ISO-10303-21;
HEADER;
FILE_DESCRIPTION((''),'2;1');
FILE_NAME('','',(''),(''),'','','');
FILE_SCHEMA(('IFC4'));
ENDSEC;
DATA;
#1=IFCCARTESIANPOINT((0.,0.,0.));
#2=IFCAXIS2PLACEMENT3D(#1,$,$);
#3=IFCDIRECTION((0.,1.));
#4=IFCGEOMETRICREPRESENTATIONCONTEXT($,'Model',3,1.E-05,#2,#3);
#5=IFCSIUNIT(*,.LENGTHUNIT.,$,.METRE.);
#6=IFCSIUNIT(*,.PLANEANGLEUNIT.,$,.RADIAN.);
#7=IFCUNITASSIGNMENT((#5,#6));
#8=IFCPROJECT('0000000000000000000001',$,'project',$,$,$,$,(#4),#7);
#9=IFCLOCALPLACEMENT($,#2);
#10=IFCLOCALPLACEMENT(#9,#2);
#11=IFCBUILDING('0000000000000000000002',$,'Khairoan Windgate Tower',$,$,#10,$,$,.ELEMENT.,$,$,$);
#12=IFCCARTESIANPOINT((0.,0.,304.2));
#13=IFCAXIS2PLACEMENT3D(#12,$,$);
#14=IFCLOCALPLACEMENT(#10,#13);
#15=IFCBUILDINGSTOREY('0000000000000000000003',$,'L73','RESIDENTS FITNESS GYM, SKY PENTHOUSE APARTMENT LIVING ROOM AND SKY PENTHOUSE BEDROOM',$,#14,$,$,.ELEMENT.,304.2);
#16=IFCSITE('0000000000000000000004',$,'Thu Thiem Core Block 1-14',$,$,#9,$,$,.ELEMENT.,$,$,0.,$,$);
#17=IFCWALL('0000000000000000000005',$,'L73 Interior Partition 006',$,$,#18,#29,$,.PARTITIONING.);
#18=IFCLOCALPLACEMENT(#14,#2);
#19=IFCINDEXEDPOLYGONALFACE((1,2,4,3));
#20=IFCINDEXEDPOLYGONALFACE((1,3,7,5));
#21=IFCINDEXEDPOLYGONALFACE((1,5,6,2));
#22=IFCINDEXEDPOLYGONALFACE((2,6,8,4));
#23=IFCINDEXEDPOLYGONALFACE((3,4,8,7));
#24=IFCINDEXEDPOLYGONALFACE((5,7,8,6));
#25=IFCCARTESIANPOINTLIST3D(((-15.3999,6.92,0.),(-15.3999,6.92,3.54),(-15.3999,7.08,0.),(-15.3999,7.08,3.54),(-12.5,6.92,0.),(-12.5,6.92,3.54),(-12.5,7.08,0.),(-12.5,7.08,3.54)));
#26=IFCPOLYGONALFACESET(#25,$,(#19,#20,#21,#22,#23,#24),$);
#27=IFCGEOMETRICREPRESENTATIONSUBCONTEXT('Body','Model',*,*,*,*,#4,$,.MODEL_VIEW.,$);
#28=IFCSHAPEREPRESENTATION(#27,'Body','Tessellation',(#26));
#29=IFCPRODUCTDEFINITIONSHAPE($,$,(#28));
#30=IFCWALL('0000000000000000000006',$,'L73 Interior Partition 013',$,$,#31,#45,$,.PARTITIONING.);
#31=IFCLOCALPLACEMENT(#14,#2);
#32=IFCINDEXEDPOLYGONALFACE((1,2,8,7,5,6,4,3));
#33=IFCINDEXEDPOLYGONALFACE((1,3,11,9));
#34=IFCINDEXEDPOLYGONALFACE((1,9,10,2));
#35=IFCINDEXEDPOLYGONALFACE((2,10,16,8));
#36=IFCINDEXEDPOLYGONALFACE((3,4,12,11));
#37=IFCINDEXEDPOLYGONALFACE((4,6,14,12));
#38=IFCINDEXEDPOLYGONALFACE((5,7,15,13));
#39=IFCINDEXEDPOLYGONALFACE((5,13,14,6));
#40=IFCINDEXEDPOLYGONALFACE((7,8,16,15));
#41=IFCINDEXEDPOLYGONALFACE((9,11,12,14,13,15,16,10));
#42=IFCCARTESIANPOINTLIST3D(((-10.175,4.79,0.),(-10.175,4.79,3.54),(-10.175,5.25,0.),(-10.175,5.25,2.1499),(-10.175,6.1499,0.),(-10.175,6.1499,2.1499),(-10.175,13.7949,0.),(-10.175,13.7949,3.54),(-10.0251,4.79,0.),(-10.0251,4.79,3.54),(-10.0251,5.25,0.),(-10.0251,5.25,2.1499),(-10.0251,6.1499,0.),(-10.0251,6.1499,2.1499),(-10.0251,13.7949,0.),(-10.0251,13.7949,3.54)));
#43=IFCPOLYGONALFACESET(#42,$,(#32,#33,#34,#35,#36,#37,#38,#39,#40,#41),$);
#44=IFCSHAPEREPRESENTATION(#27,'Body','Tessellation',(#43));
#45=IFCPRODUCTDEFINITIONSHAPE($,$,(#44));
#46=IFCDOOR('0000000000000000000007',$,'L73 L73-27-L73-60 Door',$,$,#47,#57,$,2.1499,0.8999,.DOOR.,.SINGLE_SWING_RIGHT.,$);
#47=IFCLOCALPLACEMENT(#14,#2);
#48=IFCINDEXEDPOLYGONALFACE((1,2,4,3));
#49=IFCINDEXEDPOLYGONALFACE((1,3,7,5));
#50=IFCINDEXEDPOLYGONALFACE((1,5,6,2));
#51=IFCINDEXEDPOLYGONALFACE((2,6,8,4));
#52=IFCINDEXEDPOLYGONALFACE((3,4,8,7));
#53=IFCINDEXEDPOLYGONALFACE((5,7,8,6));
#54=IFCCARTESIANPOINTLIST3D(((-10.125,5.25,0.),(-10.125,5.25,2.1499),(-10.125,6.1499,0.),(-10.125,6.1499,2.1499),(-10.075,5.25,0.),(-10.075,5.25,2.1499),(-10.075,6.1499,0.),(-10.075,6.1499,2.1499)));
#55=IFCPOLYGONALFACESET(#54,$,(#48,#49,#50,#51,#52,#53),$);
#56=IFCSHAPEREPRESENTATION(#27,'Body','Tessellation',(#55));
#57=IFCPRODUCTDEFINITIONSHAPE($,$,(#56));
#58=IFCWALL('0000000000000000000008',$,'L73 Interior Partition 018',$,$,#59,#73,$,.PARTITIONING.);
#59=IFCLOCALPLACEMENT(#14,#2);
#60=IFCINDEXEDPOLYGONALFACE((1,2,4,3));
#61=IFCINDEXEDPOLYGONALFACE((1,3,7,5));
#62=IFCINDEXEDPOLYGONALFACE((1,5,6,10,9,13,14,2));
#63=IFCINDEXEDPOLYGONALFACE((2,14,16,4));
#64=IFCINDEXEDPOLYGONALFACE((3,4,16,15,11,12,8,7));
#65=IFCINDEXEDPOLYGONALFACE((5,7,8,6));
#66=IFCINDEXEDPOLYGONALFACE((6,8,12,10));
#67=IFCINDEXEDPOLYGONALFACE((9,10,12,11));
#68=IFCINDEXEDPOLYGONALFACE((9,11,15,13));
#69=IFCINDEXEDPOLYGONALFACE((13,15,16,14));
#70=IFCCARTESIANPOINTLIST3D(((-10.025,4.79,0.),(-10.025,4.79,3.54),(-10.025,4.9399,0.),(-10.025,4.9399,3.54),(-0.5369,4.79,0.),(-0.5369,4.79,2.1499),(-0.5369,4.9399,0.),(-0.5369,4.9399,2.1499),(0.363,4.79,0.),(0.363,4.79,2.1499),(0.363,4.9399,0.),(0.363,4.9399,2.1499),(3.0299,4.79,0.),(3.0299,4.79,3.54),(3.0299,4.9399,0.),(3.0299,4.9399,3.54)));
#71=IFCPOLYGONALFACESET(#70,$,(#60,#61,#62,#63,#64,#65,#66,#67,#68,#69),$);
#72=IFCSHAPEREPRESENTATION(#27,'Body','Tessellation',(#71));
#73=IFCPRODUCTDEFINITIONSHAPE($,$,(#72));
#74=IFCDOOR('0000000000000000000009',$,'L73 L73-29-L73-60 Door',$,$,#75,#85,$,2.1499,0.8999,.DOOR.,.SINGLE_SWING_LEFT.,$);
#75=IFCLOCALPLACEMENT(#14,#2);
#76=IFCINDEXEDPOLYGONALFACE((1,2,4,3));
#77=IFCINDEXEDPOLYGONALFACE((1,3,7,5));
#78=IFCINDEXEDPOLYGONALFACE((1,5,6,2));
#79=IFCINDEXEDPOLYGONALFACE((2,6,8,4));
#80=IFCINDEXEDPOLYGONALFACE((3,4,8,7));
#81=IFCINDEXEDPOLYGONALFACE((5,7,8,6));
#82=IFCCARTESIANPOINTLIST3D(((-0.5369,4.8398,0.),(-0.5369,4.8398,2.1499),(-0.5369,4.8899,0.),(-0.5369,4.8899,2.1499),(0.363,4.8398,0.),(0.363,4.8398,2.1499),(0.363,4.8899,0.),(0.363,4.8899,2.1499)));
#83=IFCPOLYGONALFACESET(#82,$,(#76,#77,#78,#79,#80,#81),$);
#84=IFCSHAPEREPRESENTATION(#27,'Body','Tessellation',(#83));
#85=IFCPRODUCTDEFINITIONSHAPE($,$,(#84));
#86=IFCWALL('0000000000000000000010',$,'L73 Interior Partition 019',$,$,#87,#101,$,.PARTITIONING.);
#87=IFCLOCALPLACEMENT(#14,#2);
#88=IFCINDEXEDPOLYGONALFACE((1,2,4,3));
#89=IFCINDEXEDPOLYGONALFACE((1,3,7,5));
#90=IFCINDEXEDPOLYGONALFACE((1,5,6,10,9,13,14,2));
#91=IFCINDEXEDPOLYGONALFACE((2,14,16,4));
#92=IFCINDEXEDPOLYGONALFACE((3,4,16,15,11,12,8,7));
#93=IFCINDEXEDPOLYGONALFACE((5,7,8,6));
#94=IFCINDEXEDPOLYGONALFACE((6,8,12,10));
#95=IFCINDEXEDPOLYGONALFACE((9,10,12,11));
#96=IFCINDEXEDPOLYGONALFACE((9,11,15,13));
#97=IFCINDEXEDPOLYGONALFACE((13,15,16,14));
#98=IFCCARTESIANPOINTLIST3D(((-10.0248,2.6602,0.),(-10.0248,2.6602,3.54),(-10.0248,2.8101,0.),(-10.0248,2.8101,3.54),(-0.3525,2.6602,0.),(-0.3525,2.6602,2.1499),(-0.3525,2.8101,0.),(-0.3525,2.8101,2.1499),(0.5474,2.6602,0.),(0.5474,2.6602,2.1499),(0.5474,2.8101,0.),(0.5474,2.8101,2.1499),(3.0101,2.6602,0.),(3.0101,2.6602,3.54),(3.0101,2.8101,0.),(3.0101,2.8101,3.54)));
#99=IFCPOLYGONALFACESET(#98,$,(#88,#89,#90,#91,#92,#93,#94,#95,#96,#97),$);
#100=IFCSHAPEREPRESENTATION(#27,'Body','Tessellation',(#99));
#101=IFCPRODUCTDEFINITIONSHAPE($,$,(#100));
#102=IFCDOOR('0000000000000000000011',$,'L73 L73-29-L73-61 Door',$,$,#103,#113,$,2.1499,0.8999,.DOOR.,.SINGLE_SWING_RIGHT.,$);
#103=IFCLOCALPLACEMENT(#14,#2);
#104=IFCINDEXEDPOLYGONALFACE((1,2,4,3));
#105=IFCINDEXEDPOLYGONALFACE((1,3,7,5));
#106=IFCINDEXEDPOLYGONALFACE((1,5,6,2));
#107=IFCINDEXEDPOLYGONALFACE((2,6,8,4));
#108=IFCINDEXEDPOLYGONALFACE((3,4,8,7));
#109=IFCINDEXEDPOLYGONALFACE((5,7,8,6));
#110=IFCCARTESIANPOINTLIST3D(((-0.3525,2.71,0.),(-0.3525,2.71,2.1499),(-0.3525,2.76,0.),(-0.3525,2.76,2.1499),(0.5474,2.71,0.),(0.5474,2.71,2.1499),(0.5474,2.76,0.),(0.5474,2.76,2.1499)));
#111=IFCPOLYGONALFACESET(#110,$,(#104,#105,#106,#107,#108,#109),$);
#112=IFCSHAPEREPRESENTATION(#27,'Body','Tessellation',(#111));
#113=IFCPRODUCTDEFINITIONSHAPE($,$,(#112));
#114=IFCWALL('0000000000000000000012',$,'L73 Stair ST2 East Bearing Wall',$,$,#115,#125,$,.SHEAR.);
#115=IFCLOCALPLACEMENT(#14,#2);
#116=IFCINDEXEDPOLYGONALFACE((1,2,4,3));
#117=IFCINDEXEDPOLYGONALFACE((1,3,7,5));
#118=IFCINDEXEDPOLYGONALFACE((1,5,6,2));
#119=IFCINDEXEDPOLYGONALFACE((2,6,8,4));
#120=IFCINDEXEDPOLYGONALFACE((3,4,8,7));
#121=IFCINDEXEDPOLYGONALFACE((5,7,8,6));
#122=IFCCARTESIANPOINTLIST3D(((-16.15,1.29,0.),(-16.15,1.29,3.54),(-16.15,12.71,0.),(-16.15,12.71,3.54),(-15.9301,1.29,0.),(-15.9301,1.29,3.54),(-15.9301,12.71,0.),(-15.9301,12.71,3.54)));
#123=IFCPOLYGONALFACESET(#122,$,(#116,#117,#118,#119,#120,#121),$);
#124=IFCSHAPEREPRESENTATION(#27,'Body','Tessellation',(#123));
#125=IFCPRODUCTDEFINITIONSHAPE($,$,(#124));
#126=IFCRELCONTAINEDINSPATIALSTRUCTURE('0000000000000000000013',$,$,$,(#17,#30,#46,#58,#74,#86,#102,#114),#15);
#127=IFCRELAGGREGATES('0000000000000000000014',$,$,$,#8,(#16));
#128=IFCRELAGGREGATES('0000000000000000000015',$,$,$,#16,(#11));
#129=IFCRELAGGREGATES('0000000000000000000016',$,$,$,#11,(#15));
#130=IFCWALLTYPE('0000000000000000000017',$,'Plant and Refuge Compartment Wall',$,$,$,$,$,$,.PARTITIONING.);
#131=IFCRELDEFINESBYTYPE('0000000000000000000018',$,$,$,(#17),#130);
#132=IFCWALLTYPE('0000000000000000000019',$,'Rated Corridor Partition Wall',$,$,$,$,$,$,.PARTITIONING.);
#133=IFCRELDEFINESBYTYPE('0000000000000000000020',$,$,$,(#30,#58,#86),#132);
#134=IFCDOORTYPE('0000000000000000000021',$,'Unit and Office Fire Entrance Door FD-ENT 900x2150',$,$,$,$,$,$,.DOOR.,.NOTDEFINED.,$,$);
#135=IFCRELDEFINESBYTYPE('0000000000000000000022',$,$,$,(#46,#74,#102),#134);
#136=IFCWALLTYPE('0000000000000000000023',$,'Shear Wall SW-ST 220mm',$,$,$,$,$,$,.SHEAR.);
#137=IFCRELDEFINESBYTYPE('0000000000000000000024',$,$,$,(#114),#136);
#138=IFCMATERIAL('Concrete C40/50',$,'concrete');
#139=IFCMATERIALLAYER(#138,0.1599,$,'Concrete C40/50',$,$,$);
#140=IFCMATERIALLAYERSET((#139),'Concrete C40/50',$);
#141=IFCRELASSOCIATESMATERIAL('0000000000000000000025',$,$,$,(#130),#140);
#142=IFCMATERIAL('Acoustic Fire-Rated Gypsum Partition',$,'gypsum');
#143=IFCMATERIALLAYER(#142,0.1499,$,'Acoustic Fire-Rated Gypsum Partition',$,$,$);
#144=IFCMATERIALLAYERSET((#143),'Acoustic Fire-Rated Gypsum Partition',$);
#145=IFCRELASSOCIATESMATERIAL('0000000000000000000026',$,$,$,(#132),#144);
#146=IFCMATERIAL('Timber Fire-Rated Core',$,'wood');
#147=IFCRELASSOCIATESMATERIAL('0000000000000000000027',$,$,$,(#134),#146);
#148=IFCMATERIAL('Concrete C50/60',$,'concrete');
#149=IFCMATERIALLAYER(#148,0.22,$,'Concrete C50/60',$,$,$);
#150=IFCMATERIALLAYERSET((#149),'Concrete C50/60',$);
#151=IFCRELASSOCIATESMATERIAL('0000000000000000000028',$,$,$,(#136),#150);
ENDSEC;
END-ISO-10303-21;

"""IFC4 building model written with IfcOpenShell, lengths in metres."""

from ifc_helpers import new_model, si_unit, direction, frame, frame_2d, origin, place, context, subcontext, project, spatial, rectangle, extrude, material, layer, layer_set, type_object, element, fill, save


model = new_model("IFC4")

# Units and contexts
model_context = context("Model", 3, precision=1e-05, world=origin(), true_north=direction((0.0, 1.0)))
body_context = subcontext(model_context, "Body", "Model", "MODEL_VIEW")
ifc_project = project(units=[si_unit("LENGTHUNIT", "METRE"), si_unit("PLANEANGLEUNIT", "RADIAN")], contexts=[model_context])

# Site, building, storey
site_placement = place(None, origin())
site = spatial("IfcSite", under=ifc_project, at=site_placement, Name="Thu Thiem Core Block 1-14", CompositionType="ELEMENT", RefElevation=0.0)
building_placement = place(site_placement, origin())
building = spatial("IfcBuilding", under=site, at=building_placement, Name="Khairoan Windgate Tower", CompositionType="ELEMENT")
storey_placement = place(building_placement, frame((0.0, 0.0, 304.2)))
storey = spatial("IfcBuildingStorey", under=building, at=storey_placement, Name="L73", Description="RESIDENTS FITNESS GYM, SKY PENTHOUSE APARTMENT LIVING ROOM AND SKY PENTHOUSE BEDROOM", CompositionType="ELEMENT", Elevation=304.2)

# Wall
ifc_material_1 = material(Name="Concrete C40/50", Category="concrete")
ifc_layer_1 = layer(ifc_material_1, 0.1599, Name="Concrete C40/50")
ifc_layer_set_1 = layer_set([ifc_layer_1], Name="Concrete C40/50")
wall_type_1 = type_object("IfcWallType", Name="Plant and Refuge Compartment Wall", PredefinedType="PARTITIONING", material=ifc_layer_set_1)
wall_1_placement = place(storey_placement, frame((-15.3999, 7.0, 0.0), z_axis=(0.0, 0.0, 1.0), x_axis=(1.0, 0.0, 0.0)))
element("IfcWall", 1, at=wall_1_placement, inside=storey, type_object=wall_type_1, Name="L73 Interior Partition 006", PredefinedType="PARTITIONING", context=body_context, shape_type="SweptSolid", body=[
    extrude(rectangle(XDim=2.8999, YDim=0.1599, at=frame_2d((1.45, 0.0))), origin(), (0.0, 0.0, 1.0), 3.54),
])

# Walls, openings, doors
ifc_material_2 = material(Name="Acoustic Fire-Rated Gypsum Partition", Category="gypsum")
ifc_layer_2 = layer(ifc_material_2, 0.1499, Name="Acoustic Fire-Rated Gypsum Partition")
ifc_layer_set_2 = layer_set([ifc_layer_2], Name="Acoustic Fire-Rated Gypsum Partition")
wall_type_2 = type_object("IfcWallType", Name="Rated Corridor Partition Wall", PredefinedType="PARTITIONING", material=ifc_layer_set_2)
wall_2_placement = place(storey_placement, frame((-10.1001, 4.79, 0.0), z_axis=(0.0, 0.0, 1.0), x_axis=(0.0, 1.0, 0.0)))
wall_2 = element("IfcWall", 2, at=wall_2_placement, inside=storey, type_object=wall_type_2, Name="L73 Interior Partition 013", PredefinedType="PARTITIONING", context=body_context, shape_type="SweptSolid", body=[
    extrude(rectangle(XDim=9.0049, YDim=0.1499, at=frame_2d((4.5024, 0.0))), origin(), (0.0, 0.0, 1.0), 3.54),
])
opening_1_placement = place(wall_2_placement, frame((0.46, 0.0, 0.0)))
opening_1 = element("IfcOpeningElement", 3, at=opening_1_placement, cuts=wall_2, PredefinedType="OPENING", context=body_context, shape_type="SweptSolid", body=[
    extrude(rectangle(XDim=0.8999, YDim=2.1499, at=frame_2d((0.45, 1.075))), frame((0.0, 0.085, 0.0), z_axis=(0.0, -1.0, 0.0), x_axis=(1.0, 0.0, 0.0)), (0.0, 0.0, 1.0), 0.1699),
])
ifc_material_3 = material(Name="Timber Fire-Rated Core", Category="wood")
door_type = type_object("IfcDoorType", Name="Unit and Office Fire Entrance Door FD-ENT 900x2150", OperationType="NOTDEFINED", PredefinedType="DOOR", material=ifc_material_3)
door_1_placement = place(opening_1_placement, origin())
door_1 = element("IfcDoor", 4, at=door_1_placement, inside=storey, type_object=door_type, Name="L73 L73-27-L73-60 Door", OperationType="SINGLE_SWING_RIGHT", OverallHeight=2.1499, OverallWidth=0.8999, PredefinedType="DOOR", context=body_context, shape_type="SweptSolid", body=[
    extrude(rectangle(XDim=0.8999, YDim=2.1499, at=frame_2d((0.45, 1.075))), frame((0.0, 0.0249, 0.0), z_axis=(0.0, -1.0, 0.0), x_axis=(1.0, 0.0, 0.0)), (0.0, 0.0, 1.0), 0.05),
])
fill(opening_1, door_1)
wall_3_placement = place(storey_placement, frame((-10.0249, 4.865, 0.0), z_axis=(0.0, 0.0, 1.0), x_axis=(1.0, 0.0, 0.0)))
wall_3 = element("IfcWall", 5, at=wall_3_placement, inside=storey, type_object=wall_type_2, Name="L73 Interior Partition 018", PredefinedType="PARTITIONING", context=body_context, shape_type="SweptSolid", body=[
    extrude(rectangle(XDim=13.0549, YDim=0.1499, at=frame_2d((6.5273, 0.0))), origin(), (0.0, 0.0, 1.0), 3.54),
])
opening_2_placement = place(wall_3_placement, frame((9.488, 0.0, 0.0)))
opening_2 = element("IfcOpeningElement", 6, at=opening_2_placement, cuts=wall_3, PredefinedType="OPENING", context=body_context, shape_type="SweptSolid", body=[
    extrude(rectangle(XDim=0.8999, YDim=2.1499, at=frame_2d((0.45, 1.075))), frame((0.0, 0.085, 0.0), z_axis=(0.0, -1.0, 0.0), x_axis=(1.0, 0.0, 0.0)), (0.0, 0.0, 1.0), 0.1699),
])
door_2_placement = place(opening_2_placement, origin())
door_2 = element("IfcDoor", 7, at=door_2_placement, inside=storey, type_object=door_type, Name="L73 L73-29-L73-60 Door", OperationType="SINGLE_SWING_LEFT", OverallHeight=2.1499, OverallWidth=0.8999, PredefinedType="DOOR", context=body_context, shape_type="SweptSolid", body=[
    extrude(rectangle(XDim=0.8999, YDim=2.1499, at=frame_2d((0.45, 1.075))), frame((0.0, 0.0249, 0.0), z_axis=(0.0, -1.0, 0.0), x_axis=(1.0, 0.0, 0.0)), (0.0, 0.0, 1.0), 0.05),
])
fill(opening_2, door_2)
wall_4_placement = place(storey_placement, frame((-10.0249, 2.7351, 0.0), z_axis=(0.0, 0.0, 1.0), x_axis=(1.0, 0.0, 0.0)))
wall_4 = element("IfcWall", 8, at=wall_4_placement, inside=storey, type_object=wall_type_2, Name="L73 Interior Partition 019", PredefinedType="PARTITIONING", context=body_context, shape_type="SweptSolid", body=[
    extrude(rectangle(XDim=13.0349, YDim=0.1499, at=frame_2d((6.5176, 0.0))), origin(), (0.0, 0.0, 1.0), 3.54),
])
opening_3_placement = place(wall_4_placement, frame((9.6724, 0.0, 0.0)))
opening_3 = element("IfcOpeningElement", 9, at=opening_3_placement, cuts=wall_4, PredefinedType="OPENING", context=body_context, shape_type="SweptSolid", body=[
    extrude(rectangle(XDim=0.8999, YDim=2.1499, at=frame_2d((0.45, 1.075))), frame((0.0, 0.085, 0.0), z_axis=(0.0, -1.0, 0.0), x_axis=(1.0, 0.0, 0.0)), (0.0, 0.0, 1.0), 0.1699),
])
door_3_placement = place(opening_3_placement, origin())
door_3 = element("IfcDoor", 10, at=door_3_placement, inside=storey, type_object=door_type, Name="L73 L73-29-L73-61 Door", OperationType="SINGLE_SWING_RIGHT", OverallHeight=2.1499, OverallWidth=0.8999, PredefinedType="DOOR", context=body_context, shape_type="SweptSolid", body=[
    extrude(rectangle(XDim=0.8999, YDim=2.1499, at=frame_2d((0.45, 1.075))), frame((0.0, 0.0249, 0.0), z_axis=(0.0, -1.0, 0.0), x_axis=(1.0, 0.0, 0.0)), (0.0, 0.0, 1.0), 0.05),
])
fill(opening_3, door_3)

# Wall
ifc_material_4 = material(Name="Concrete C50/60", Category="concrete")
ifc_layer_3 = layer(ifc_material_4, 0.22, Name="Concrete C50/60")
ifc_layer_set_3 = layer_set([ifc_layer_3], Name="Concrete C50/60")
wall_type_3 = type_object("IfcWallType", Name="Shear Wall SW-ST 220mm", PredefinedType="SHEAR", material=ifc_layer_set_3)
wall_5_placement = place(storey_placement, frame((-16.04, 1.29, 0.0), z_axis=(0.0, 0.0, 1.0), x_axis=(0.0, 1.0, 0.0)))
element("IfcWall", 11, at=wall_5_placement, inside=storey, type_object=wall_type_3, Name="L73 Stair ST2 East Bearing Wall", PredefinedType="SHEAR", context=body_context, shape_type="SweptSolid", body=[
    extrude(rectangle(XDim=11.4199, YDim=0.22, at=frame_2d((5.71, 0.0))), origin(), (0.0, 0.0, 1.0), 3.54),
])

save(model, "model.ifc")
